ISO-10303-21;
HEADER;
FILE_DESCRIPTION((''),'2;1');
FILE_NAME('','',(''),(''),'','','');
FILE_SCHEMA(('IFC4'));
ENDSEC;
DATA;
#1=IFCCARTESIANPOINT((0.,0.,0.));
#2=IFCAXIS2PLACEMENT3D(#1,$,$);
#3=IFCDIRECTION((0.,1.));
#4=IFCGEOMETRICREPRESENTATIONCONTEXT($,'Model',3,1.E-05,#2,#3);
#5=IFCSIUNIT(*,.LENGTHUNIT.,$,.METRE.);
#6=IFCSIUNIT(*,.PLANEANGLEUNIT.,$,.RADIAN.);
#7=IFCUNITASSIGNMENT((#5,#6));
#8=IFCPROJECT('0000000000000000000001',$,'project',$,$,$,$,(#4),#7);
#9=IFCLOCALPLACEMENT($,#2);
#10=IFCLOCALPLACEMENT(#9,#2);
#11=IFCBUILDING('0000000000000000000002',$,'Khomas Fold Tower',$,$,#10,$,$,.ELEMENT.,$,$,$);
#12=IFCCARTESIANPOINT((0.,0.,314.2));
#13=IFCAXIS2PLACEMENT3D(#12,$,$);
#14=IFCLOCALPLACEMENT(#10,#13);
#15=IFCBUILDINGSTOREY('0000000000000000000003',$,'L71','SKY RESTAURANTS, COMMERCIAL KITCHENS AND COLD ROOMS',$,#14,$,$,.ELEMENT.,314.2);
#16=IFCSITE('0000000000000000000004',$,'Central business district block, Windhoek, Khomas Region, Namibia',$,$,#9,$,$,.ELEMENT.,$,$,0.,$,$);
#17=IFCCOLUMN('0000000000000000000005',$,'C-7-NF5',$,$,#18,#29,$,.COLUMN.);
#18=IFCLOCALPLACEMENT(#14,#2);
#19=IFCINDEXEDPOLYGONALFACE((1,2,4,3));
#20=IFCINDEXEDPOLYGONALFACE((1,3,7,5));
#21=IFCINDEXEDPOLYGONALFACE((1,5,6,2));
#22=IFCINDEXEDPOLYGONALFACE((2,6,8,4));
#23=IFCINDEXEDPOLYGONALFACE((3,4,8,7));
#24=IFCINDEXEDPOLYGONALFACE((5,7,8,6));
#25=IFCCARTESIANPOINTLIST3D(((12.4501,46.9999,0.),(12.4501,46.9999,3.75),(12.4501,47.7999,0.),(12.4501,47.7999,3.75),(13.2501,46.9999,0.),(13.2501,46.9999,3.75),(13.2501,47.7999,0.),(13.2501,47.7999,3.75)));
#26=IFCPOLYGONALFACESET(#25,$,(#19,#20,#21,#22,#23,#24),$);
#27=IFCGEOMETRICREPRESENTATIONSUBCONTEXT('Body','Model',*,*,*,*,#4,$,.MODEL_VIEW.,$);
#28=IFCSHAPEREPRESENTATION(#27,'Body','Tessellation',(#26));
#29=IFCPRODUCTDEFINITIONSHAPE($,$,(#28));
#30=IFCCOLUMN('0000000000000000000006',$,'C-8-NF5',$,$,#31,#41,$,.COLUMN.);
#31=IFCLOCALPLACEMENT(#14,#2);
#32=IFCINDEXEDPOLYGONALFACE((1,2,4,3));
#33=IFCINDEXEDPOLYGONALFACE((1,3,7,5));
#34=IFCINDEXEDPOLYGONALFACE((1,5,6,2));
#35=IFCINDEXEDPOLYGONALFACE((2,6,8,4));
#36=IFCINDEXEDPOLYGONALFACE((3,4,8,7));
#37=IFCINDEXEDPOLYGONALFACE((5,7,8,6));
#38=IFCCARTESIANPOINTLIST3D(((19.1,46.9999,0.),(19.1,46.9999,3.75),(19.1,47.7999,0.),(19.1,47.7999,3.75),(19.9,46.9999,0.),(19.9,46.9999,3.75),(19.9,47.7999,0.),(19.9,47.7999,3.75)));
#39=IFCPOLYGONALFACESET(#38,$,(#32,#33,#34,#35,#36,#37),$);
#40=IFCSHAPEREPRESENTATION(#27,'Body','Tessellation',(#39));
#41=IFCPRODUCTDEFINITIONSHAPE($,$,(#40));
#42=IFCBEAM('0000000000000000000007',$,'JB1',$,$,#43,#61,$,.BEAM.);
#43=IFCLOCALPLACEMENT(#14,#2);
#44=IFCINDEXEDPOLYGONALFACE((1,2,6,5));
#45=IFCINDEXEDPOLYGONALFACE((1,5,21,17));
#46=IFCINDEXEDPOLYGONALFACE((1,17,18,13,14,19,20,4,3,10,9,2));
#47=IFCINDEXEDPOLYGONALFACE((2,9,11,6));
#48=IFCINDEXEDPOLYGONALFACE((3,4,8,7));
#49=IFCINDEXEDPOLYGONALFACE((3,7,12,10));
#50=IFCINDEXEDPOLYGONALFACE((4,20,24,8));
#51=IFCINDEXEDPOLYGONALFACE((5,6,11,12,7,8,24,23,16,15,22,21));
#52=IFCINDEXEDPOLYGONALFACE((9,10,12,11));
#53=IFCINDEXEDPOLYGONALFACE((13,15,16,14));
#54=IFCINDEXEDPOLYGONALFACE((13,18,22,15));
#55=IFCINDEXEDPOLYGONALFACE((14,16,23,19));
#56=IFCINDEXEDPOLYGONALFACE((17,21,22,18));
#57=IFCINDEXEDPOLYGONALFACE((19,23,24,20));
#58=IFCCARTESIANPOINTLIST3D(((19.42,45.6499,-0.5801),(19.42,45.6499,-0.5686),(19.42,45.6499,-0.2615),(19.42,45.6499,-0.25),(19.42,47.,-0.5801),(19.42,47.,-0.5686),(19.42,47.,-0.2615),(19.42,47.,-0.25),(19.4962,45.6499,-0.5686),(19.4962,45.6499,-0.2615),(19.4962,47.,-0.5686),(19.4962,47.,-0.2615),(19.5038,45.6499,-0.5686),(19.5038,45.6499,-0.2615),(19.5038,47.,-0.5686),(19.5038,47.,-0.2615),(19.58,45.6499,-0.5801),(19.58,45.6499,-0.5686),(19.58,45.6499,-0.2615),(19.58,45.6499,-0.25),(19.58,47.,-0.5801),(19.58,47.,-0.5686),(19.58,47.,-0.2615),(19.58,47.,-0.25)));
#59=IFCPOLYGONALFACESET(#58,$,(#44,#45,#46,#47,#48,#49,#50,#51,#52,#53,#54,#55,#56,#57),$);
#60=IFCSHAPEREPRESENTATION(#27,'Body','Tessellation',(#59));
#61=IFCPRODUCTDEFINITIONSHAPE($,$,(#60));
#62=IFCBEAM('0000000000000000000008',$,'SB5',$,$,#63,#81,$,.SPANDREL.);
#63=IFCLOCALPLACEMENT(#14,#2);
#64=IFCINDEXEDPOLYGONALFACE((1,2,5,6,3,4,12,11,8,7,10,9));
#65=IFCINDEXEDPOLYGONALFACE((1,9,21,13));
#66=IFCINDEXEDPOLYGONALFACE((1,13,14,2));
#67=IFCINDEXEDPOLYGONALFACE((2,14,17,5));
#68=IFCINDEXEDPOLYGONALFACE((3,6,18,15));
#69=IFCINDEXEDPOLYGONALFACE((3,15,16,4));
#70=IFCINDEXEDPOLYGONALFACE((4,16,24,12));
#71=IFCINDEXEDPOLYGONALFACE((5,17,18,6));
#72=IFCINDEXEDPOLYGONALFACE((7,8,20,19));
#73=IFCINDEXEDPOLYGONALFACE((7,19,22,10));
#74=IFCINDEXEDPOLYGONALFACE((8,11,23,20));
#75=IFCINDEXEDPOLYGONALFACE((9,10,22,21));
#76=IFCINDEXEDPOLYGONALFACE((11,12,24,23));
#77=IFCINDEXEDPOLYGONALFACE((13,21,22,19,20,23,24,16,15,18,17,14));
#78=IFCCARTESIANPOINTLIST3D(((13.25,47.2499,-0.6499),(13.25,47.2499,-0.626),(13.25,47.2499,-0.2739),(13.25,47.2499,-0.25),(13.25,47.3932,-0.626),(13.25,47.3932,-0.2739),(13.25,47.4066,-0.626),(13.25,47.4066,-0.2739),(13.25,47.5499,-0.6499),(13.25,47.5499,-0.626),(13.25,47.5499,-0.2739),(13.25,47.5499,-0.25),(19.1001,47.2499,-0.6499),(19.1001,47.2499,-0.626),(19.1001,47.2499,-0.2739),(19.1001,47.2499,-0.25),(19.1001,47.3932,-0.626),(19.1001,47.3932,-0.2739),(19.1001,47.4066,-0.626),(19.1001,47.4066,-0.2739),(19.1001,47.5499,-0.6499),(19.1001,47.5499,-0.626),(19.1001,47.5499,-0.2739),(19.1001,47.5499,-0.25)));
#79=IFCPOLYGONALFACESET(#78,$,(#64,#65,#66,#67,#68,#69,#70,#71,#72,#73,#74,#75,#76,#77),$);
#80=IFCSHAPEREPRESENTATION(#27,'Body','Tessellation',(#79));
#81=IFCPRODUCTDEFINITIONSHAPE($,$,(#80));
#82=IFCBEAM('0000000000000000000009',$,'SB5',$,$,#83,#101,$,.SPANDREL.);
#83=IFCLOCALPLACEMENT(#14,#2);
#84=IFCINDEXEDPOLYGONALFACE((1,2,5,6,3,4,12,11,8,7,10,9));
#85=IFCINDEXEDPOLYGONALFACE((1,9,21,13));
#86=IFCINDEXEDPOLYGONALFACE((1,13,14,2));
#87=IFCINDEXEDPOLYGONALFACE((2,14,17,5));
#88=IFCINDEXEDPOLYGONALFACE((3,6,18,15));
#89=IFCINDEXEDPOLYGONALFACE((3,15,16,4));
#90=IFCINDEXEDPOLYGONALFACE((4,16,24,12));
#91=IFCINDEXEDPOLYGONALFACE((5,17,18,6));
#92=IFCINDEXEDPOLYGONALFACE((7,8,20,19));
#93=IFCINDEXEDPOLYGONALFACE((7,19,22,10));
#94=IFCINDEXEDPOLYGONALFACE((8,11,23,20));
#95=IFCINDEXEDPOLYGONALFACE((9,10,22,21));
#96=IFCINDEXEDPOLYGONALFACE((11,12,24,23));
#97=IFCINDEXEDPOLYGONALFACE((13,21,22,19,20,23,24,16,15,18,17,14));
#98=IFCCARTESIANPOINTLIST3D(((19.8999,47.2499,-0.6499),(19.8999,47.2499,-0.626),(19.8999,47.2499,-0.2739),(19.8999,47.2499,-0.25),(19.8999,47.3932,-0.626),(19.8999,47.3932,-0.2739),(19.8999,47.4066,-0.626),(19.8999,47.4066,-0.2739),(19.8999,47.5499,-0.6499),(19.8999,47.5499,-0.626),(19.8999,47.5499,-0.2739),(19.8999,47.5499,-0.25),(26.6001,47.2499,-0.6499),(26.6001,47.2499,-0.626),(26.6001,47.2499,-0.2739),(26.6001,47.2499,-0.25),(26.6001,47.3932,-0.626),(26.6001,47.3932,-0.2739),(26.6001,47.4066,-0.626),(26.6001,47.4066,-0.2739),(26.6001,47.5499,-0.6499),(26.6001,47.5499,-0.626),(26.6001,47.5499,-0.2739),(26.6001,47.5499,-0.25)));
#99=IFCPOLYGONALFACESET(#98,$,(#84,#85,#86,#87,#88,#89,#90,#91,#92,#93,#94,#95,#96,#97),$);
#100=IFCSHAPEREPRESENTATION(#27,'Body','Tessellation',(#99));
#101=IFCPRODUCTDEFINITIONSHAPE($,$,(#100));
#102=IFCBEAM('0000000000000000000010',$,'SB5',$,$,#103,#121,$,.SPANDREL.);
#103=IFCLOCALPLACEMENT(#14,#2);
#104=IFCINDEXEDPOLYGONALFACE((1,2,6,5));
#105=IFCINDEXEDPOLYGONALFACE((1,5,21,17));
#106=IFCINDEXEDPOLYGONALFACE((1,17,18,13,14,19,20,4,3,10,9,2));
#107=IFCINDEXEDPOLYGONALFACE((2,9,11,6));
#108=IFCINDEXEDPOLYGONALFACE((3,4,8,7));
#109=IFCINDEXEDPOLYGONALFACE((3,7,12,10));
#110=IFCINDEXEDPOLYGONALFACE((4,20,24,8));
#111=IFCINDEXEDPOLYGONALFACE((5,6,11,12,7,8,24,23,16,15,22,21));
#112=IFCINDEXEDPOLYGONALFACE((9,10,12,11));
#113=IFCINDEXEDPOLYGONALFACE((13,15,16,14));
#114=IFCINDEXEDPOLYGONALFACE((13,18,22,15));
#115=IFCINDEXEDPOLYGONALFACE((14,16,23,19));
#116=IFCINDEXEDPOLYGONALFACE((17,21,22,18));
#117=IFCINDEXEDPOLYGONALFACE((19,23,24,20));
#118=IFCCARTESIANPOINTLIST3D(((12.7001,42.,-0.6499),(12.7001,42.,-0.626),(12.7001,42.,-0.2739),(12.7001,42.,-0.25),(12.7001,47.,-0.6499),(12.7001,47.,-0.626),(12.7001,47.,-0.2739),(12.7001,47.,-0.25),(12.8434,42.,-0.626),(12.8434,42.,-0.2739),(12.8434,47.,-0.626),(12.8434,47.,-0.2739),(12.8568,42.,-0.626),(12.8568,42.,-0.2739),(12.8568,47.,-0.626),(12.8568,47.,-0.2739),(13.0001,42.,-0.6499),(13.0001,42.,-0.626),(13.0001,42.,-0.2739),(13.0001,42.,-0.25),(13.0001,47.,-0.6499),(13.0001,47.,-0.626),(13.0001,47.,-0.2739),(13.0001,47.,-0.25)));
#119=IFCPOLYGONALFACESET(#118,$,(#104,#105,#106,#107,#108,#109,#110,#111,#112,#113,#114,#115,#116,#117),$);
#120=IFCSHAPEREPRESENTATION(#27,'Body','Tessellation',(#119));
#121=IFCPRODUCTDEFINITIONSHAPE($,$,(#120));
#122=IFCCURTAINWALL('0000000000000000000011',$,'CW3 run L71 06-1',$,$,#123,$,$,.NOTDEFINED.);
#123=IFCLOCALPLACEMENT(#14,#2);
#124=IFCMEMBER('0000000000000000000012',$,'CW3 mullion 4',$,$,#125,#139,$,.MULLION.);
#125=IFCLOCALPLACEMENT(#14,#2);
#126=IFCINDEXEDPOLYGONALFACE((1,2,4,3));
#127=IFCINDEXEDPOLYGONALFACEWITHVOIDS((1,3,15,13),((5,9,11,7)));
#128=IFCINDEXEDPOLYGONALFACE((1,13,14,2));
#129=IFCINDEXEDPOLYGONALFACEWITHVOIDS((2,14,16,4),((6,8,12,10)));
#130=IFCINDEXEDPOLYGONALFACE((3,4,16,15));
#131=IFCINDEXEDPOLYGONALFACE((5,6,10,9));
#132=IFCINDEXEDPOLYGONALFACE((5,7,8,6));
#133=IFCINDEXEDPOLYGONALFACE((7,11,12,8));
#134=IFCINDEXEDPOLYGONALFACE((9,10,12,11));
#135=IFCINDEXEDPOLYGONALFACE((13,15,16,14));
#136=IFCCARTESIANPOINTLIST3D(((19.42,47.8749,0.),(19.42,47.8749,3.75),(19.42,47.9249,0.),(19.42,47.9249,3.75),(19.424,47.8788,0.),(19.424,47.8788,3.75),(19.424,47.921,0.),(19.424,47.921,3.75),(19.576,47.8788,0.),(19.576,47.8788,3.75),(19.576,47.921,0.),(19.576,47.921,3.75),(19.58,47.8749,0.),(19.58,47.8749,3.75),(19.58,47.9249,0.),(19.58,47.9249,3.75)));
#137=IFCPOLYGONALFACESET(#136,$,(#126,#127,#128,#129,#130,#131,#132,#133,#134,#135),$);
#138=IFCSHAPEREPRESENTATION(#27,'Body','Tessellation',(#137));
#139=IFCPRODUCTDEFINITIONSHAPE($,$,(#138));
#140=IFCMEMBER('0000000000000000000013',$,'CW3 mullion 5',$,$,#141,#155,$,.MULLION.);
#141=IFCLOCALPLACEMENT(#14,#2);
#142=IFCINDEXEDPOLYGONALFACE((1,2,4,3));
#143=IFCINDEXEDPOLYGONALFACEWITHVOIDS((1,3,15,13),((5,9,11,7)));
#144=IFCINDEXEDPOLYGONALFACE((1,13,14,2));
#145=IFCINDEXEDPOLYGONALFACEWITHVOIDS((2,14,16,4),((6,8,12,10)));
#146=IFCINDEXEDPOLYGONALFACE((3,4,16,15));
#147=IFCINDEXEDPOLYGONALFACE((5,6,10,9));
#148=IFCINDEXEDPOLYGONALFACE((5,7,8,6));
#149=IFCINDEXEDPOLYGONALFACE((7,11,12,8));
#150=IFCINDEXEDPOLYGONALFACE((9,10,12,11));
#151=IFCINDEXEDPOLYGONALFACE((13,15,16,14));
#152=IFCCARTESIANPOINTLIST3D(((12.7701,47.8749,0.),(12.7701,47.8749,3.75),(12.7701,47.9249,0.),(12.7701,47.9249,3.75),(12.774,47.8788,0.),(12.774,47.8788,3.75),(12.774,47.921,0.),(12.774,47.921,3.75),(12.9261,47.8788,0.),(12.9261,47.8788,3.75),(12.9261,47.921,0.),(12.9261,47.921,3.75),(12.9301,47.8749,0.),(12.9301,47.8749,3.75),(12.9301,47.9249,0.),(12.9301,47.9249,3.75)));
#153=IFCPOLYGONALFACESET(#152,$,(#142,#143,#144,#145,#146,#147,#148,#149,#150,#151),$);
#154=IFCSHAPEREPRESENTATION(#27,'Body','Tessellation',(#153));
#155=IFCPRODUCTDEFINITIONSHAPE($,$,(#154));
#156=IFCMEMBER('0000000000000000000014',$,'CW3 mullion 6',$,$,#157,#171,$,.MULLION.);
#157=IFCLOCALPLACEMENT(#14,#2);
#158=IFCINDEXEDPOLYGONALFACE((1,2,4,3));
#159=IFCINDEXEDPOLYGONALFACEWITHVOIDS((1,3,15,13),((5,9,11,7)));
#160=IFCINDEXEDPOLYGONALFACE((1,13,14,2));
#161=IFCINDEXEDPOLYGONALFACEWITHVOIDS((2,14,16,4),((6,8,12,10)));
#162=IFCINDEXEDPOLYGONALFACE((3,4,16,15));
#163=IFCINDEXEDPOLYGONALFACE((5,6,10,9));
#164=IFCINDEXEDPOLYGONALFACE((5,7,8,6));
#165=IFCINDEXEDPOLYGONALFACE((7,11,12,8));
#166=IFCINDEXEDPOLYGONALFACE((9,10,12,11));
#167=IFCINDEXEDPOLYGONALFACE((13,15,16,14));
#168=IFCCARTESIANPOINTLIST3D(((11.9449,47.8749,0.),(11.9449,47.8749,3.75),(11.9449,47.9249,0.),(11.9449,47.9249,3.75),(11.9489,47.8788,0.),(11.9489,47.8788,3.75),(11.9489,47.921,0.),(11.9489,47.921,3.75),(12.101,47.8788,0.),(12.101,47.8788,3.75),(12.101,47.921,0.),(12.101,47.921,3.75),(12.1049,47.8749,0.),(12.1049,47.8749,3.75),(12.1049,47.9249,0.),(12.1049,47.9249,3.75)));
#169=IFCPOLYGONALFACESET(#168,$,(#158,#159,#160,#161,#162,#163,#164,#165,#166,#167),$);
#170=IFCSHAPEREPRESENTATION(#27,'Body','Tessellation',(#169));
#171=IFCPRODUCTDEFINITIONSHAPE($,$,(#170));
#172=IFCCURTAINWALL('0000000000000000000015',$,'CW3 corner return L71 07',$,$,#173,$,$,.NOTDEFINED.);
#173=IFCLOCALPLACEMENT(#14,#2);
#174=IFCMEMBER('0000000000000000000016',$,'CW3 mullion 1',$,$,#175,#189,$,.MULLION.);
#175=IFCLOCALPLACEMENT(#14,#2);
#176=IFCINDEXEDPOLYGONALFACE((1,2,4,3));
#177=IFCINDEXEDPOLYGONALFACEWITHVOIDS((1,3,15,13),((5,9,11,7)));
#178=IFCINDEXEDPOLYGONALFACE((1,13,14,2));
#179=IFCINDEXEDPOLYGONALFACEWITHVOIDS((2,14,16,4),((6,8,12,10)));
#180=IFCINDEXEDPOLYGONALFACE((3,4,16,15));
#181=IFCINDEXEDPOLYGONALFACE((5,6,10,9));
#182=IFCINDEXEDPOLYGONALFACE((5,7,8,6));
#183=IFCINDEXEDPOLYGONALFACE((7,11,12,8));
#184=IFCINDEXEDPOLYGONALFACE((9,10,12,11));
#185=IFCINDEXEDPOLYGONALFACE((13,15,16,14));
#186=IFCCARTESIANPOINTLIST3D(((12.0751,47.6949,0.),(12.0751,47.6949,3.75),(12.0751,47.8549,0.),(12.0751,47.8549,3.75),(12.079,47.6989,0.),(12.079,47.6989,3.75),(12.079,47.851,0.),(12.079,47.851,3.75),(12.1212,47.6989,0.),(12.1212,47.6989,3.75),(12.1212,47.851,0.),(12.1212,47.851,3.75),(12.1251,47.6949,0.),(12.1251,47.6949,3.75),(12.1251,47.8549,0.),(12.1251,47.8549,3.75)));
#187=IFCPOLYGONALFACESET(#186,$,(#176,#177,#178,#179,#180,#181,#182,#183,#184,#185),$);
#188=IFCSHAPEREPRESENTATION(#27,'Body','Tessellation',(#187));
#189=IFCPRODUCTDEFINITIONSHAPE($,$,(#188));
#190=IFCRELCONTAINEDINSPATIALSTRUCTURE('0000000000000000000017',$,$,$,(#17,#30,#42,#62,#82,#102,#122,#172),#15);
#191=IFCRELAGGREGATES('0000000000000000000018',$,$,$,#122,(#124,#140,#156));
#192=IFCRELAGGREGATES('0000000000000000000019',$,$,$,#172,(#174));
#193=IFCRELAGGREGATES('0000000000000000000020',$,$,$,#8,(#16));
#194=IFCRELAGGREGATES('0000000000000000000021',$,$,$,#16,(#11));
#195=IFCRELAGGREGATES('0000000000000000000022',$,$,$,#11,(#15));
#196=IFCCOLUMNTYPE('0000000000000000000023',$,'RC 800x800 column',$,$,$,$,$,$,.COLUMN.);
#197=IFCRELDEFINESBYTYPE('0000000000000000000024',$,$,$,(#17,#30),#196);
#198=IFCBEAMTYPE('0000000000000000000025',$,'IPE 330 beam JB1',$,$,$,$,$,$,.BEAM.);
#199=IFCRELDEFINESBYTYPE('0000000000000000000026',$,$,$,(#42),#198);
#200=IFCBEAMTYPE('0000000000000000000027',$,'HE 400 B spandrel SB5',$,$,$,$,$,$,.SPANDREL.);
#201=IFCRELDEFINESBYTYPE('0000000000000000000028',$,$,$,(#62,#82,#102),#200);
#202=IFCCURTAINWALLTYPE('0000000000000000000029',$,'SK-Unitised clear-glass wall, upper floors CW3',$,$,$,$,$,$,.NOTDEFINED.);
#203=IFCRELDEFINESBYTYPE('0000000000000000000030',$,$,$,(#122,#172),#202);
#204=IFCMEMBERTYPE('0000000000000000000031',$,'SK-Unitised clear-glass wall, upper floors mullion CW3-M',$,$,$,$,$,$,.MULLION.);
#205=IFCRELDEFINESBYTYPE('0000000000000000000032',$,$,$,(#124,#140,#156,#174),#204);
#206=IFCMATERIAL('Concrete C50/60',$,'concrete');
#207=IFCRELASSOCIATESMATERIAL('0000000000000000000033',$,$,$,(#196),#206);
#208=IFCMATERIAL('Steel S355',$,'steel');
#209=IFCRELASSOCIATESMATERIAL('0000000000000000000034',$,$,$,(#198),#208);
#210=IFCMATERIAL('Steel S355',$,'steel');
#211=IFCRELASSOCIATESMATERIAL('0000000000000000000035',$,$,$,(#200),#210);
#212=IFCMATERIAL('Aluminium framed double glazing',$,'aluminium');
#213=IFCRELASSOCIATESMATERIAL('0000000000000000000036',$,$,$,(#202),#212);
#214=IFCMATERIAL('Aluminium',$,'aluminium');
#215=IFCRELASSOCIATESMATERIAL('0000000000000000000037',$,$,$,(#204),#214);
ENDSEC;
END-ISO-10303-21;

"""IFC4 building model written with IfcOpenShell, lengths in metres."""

from ifc_helpers import new_model, si_unit, direction, frame, origin, origin_2d, place, context, subcontext, project, spatial, rectangle, hollow_rectangle, i_section, extrude, source, transform, mapped, material, material_profile, profile_set, type_object, element, aggregate, save


model = new_model("IFC4")

# Units and contexts
model_context = context("Model", 3, precision=1e-05, world=origin(), true_north=direction((0.0, 1.0)))
body_context = subcontext(model_context, "Body", "Model", "MODEL_VIEW")
ifc_project = project(units=[si_unit("LENGTHUNIT", "METRE"), si_unit("PLANEANGLEUNIT", "RADIAN")], contexts=[model_context])

# Site, building, storey
site_placement = place(None, origin())
site = spatial("IfcSite", under=ifc_project, at=site_placement, Name="Central business district block, Windhoek, Khomas Region, Namibia", CompositionType="ELEMENT", RefElevation=0.0)
building_placement = place(site_placement, origin())
building = spatial("IfcBuilding", under=site, at=building_placement, Name="Khomas Fold Tower", CompositionType="ELEMENT")
storey_placement = place(building_placement, frame((0.0, 0.0, 314.2)))
storey = spatial("IfcBuildingStorey", under=building, at=storey_placement, Name="L71", Description="SKY RESTAURANTS, COMMERCIAL KITCHENS AND COLD ROOMS", CompositionType="ELEMENT", Elevation=314.2)

# Columns
ifc_material_1 = material(Name="Concrete C50/60", Category="concrete")
ifc_material_profile_1 = material_profile(ifc_material_1, rectangle(XDim=0.8, YDim=0.8, at=origin_2d()), Name="RC 800x800")
ifc_profile_set_1 = profile_set([ifc_material_profile_1], Name="Concrete C50/60")
column_type = type_object("IfcColumnType", Name="RC 800x800 column", PredefinedType="COLUMN", material=ifc_profile_set_1)
shared_shape_1 = source(origin(), body_context, "Body", "SweptSolid", [
    extrude(rectangle(XDim=0.8, YDim=0.8, at=origin_2d()), origin(), (0.0, 0.0, 1.0), 3.75),
])
for number, where, z_axis, x_axis, name in (
    (1, (12.8501, 47.3999, 0.0), (0.0, 0.0, 1.0), (1.0, 0.0, 0.0), "C-7-NF5"),
    (2, (19.5, 47.3999, 0.0), (0.0, 0.0, 1.0), (1.0, 0.0, 0.0), "C-8-NF5"),
):
    element("IfcColumn", number, at=place(storey_placement, frame(where, z_axis=z_axis, x_axis=x_axis)), inside=storey, type_object=column_type, Name=name, PredefinedType="COLUMN", context=body_context, shape_type="MappedRepresentation", body=[
        mapped(shared_shape_1, transform((0.0, 0.0, 0.0))),
    ])

# Beams
ifc_material_2 = material(Name="Steel S355", Category="steel")
ifc_material_profile_2 = material_profile(ifc_material_2, i_section(OverallWidth=0.1599, OverallDepth=0.3301, WebThickness=0.0076, FlangeThickness=0.0115, at=origin_2d()), Name="IPE 330")
ifc_profile_set_2 = profile_set([ifc_material_profile_2], Name="Steel S355")
beam_type_1 = type_object("IfcBeamType", Name="IPE 330 beam JB1", PredefinedType="BEAM", material=ifc_profile_set_2)
shared_shape_2 = source(origin(), body_context, "Body", "SweptSolid", [
    extrude(i_section(OverallWidth=0.1599, OverallDepth=0.3301, WebThickness=0.0076, FlangeThickness=0.0115, at=origin_2d()), origin(), (0.0, 0.0, 1.0), 1.3501),
])
beam_1_placement = place(storey_placement, frame((19.5, 45.6499, -0.415), z_axis=(0.0, 1.0, 0.0), x_axis=(-1.0, 0.0, 0.0)))
element("IfcBeam", 3, at=beam_1_placement, inside=storey, type_object=beam_type_1, Name="JB1", PredefinedType="BEAM", context=body_context, shape_type="MappedRepresentation", body=[
    mapped(shared_shape_2, transform((0.0, 0.0, 0.0))),
])
ifc_material_3 = material(Name="Steel S355", Category="steel")
ifc_material_profile_3 = material_profile(ifc_material_3, i_section(OverallWidth=0.3, OverallDepth=0.3999, WebThickness=0.0134, FlangeThickness=0.0239, at=origin_2d()), Name="HE 400 B")
ifc_profile_set_3 = profile_set([ifc_material_profile_3], Name="Steel S355")
beam_type_2 = type_object("IfcBeamType", Name="HE 400 B spandrel SB5", PredefinedType="SPANDREL", material=ifc_profile_set_3)
shared_shape_3 = source(origin(), body_context, "Body", "SweptSolid", [
    extrude(i_section(OverallWidth=0.3, OverallDepth=0.3999, WebThickness=0.0134, FlangeThickness=0.0239, at=origin_2d()), origin(), (0.0, 0.0, 1.0), 5.8501),
])
beam_2_placement = place(storey_placement, frame((13.25, 47.3999, -0.45), z_axis=(1.0, 0.0, 0.0), x_axis=(0.0, 1.0, 0.0)))
element("IfcBeam", 4, at=beam_2_placement, inside=storey, type_object=beam_type_2, Name="SB5", PredefinedType="SPANDREL", context=body_context, shape_type="MappedRepresentation", body=[
    mapped(shared_shape_3, transform((0.0, 0.0, 0.0))),
])
shared_shape_4 = source(origin(), body_context, "Body", "SweptSolid", [
    extrude(i_section(OverallWidth=0.3, OverallDepth=0.3999, WebThickness=0.0134, FlangeThickness=0.0239, at=origin_2d()), origin(), (0.0, 0.0, 1.0), 6.7002),
])
beam_3_placement = place(storey_placement, frame((19.8999, 47.3999, -0.45), z_axis=(1.0, 0.0, 0.0), x_axis=(0.0, 1.0, 0.0)))
element("IfcBeam", 5, at=beam_3_placement, inside=storey, type_object=beam_type_2, Name="SB5", PredefinedType="SPANDREL", context=body_context, shape_type="MappedRepresentation", body=[
    mapped(shared_shape_4, transform((0.0, 0.0, 0.0))),
])
shared_shape_5 = source(origin(), body_context, "Body", "SweptSolid", [
    extrude(i_section(OverallWidth=0.3, OverallDepth=0.3999, WebThickness=0.0134, FlangeThickness=0.0239, at=origin_2d()), origin(), (0.0, 0.0, 1.0), 5.0),
])
beam_4_placement = place(storey_placement, frame((12.8501, 42.0, -0.45), z_axis=(0.0, 1.0, 0.0), x_axis=(-1.0, 0.0, 0.0)))
element("IfcBeam", 6, at=beam_4_placement, inside=storey, type_object=beam_type_2, Name="SB5", PredefinedType="SPANDREL", context=body_context, shape_type="MappedRepresentation", body=[
    mapped(shared_shape_5, transform((0.0, 0.0, 0.0))),
])

# Curtain walls, members
ifc_material_4 = material(Name="Aluminium framed double glazing", Category="aluminium")
curtain_wall_type = type_object("IfcCurtainWallType", Name="SK-Unitised clear-glass wall, upper floors CW3", PredefinedType="NOTDEFINED", material=ifc_material_4)
curtain_wall_1_placement = place(storey_placement, origin())
curtain_wall_1 = element("IfcCurtainWall", 7, at=curtain_wall_1_placement, inside=storey, type_object=curtain_wall_type, Name="CW3 run L71 06-1", PredefinedType="NOTDEFINED")
ifc_material_5 = material(Name="Aluminium", Category="aluminium")
ifc_material_profile_4 = material_profile(ifc_material_5, hollow_rectangle(XDim=0.05, YDim=0.1599, WallThickness=0.0039, at=origin_2d()), Name="SK-Unitised clear-glass wall, upper floors mullion CW3-M")
ifc_profile_set_4 = profile_set([ifc_material_profile_4], Name="Aluminium")
member_type_1 = type_object("IfcMemberType", Name="SK-Unitised clear-glass wall, upper floors mullion CW3-M", PredefinedType="MULLION", material=ifc_profile_set_4)
shared_shape_6 = source(origin(), body_context, "Body", "SweptSolid", [
    extrude(hollow_rectangle(XDim=0.05, YDim=0.1599, WallThickness=0.0039, at=origin_2d()), origin(), (0.0, 0.0, 1.0), 3.75),
])
member_1_placement = place(storey_placement, frame((19.5, 47.8999, 0.0), z_axis=(0.0, 0.0, 1.0), x_axis=(0.0, -1.0, 0.0)))
member_1 = element("IfcMember", 8, at=member_1_placement, type_object=member_type_1, Name="CW3 mullion 4", PredefinedType="MULLION", context=body_context, shape_type="MappedRepresentation", body=[
    mapped(shared_shape_6, transform((0.0, 0.0, 0.0))),
])
member_2_placement = place(storey_placement, frame((12.8501, 47.8999, 0.0), z_axis=(0.0, 0.0, 1.0), x_axis=(0.0, -1.0, 0.0)))
member_2 = element("IfcMember", 9, at=member_2_placement, type_object=member_type_1, Name="CW3 mullion 5", PredefinedType="MULLION", context=body_context, shape_type="MappedRepresentation", body=[
    mapped(shared_shape_6, transform((0.0, 0.0, 0.0))),
])
member_3_placement = place(storey_placement, frame((12.0249, 47.8999, 0.0), z_axis=(0.0, 0.0, 1.0), x_axis=(0.0, -1.0, 0.0)))
member_3 = element("IfcMember", 10, at=member_3_placement, type_object=member_type_1, Name="CW3 mullion 6", PredefinedType="MULLION", context=body_context, shape_type="MappedRepresentation", body=[
    mapped(shared_shape_6, transform((0.0, 0.0, 0.0))),
])
curtain_wall_2_placement = place(storey_placement, origin())
curtain_wall_2 = element("IfcCurtainWall", 11, at=curtain_wall_2_placement, inside=storey, type_object=curtain_wall_type, Name="CW3 corner return L71 07", PredefinedType="NOTDEFINED")
member_4_placement = place(storey_placement, frame((12.1001, 47.7749, 0.0), z_axis=(0.0, 0.0, 1.0), x_axis=(1.0, 0.0, 0.0)))
member_4 = element("IfcMember", 12, at=member_4_placement, type_object=member_type_1, Name="CW3 mullion 1", PredefinedType="MULLION", context=body_context, shape_type="MappedRepresentation", body=[
    mapped(shared_shape_6, transform((0.0, 0.0, 0.0))),
])

aggregate(curtain_wall_1, [member_1, member_2, member_3])
aggregate(curtain_wall_2, [member_4])

save(model, "model.ifc")
